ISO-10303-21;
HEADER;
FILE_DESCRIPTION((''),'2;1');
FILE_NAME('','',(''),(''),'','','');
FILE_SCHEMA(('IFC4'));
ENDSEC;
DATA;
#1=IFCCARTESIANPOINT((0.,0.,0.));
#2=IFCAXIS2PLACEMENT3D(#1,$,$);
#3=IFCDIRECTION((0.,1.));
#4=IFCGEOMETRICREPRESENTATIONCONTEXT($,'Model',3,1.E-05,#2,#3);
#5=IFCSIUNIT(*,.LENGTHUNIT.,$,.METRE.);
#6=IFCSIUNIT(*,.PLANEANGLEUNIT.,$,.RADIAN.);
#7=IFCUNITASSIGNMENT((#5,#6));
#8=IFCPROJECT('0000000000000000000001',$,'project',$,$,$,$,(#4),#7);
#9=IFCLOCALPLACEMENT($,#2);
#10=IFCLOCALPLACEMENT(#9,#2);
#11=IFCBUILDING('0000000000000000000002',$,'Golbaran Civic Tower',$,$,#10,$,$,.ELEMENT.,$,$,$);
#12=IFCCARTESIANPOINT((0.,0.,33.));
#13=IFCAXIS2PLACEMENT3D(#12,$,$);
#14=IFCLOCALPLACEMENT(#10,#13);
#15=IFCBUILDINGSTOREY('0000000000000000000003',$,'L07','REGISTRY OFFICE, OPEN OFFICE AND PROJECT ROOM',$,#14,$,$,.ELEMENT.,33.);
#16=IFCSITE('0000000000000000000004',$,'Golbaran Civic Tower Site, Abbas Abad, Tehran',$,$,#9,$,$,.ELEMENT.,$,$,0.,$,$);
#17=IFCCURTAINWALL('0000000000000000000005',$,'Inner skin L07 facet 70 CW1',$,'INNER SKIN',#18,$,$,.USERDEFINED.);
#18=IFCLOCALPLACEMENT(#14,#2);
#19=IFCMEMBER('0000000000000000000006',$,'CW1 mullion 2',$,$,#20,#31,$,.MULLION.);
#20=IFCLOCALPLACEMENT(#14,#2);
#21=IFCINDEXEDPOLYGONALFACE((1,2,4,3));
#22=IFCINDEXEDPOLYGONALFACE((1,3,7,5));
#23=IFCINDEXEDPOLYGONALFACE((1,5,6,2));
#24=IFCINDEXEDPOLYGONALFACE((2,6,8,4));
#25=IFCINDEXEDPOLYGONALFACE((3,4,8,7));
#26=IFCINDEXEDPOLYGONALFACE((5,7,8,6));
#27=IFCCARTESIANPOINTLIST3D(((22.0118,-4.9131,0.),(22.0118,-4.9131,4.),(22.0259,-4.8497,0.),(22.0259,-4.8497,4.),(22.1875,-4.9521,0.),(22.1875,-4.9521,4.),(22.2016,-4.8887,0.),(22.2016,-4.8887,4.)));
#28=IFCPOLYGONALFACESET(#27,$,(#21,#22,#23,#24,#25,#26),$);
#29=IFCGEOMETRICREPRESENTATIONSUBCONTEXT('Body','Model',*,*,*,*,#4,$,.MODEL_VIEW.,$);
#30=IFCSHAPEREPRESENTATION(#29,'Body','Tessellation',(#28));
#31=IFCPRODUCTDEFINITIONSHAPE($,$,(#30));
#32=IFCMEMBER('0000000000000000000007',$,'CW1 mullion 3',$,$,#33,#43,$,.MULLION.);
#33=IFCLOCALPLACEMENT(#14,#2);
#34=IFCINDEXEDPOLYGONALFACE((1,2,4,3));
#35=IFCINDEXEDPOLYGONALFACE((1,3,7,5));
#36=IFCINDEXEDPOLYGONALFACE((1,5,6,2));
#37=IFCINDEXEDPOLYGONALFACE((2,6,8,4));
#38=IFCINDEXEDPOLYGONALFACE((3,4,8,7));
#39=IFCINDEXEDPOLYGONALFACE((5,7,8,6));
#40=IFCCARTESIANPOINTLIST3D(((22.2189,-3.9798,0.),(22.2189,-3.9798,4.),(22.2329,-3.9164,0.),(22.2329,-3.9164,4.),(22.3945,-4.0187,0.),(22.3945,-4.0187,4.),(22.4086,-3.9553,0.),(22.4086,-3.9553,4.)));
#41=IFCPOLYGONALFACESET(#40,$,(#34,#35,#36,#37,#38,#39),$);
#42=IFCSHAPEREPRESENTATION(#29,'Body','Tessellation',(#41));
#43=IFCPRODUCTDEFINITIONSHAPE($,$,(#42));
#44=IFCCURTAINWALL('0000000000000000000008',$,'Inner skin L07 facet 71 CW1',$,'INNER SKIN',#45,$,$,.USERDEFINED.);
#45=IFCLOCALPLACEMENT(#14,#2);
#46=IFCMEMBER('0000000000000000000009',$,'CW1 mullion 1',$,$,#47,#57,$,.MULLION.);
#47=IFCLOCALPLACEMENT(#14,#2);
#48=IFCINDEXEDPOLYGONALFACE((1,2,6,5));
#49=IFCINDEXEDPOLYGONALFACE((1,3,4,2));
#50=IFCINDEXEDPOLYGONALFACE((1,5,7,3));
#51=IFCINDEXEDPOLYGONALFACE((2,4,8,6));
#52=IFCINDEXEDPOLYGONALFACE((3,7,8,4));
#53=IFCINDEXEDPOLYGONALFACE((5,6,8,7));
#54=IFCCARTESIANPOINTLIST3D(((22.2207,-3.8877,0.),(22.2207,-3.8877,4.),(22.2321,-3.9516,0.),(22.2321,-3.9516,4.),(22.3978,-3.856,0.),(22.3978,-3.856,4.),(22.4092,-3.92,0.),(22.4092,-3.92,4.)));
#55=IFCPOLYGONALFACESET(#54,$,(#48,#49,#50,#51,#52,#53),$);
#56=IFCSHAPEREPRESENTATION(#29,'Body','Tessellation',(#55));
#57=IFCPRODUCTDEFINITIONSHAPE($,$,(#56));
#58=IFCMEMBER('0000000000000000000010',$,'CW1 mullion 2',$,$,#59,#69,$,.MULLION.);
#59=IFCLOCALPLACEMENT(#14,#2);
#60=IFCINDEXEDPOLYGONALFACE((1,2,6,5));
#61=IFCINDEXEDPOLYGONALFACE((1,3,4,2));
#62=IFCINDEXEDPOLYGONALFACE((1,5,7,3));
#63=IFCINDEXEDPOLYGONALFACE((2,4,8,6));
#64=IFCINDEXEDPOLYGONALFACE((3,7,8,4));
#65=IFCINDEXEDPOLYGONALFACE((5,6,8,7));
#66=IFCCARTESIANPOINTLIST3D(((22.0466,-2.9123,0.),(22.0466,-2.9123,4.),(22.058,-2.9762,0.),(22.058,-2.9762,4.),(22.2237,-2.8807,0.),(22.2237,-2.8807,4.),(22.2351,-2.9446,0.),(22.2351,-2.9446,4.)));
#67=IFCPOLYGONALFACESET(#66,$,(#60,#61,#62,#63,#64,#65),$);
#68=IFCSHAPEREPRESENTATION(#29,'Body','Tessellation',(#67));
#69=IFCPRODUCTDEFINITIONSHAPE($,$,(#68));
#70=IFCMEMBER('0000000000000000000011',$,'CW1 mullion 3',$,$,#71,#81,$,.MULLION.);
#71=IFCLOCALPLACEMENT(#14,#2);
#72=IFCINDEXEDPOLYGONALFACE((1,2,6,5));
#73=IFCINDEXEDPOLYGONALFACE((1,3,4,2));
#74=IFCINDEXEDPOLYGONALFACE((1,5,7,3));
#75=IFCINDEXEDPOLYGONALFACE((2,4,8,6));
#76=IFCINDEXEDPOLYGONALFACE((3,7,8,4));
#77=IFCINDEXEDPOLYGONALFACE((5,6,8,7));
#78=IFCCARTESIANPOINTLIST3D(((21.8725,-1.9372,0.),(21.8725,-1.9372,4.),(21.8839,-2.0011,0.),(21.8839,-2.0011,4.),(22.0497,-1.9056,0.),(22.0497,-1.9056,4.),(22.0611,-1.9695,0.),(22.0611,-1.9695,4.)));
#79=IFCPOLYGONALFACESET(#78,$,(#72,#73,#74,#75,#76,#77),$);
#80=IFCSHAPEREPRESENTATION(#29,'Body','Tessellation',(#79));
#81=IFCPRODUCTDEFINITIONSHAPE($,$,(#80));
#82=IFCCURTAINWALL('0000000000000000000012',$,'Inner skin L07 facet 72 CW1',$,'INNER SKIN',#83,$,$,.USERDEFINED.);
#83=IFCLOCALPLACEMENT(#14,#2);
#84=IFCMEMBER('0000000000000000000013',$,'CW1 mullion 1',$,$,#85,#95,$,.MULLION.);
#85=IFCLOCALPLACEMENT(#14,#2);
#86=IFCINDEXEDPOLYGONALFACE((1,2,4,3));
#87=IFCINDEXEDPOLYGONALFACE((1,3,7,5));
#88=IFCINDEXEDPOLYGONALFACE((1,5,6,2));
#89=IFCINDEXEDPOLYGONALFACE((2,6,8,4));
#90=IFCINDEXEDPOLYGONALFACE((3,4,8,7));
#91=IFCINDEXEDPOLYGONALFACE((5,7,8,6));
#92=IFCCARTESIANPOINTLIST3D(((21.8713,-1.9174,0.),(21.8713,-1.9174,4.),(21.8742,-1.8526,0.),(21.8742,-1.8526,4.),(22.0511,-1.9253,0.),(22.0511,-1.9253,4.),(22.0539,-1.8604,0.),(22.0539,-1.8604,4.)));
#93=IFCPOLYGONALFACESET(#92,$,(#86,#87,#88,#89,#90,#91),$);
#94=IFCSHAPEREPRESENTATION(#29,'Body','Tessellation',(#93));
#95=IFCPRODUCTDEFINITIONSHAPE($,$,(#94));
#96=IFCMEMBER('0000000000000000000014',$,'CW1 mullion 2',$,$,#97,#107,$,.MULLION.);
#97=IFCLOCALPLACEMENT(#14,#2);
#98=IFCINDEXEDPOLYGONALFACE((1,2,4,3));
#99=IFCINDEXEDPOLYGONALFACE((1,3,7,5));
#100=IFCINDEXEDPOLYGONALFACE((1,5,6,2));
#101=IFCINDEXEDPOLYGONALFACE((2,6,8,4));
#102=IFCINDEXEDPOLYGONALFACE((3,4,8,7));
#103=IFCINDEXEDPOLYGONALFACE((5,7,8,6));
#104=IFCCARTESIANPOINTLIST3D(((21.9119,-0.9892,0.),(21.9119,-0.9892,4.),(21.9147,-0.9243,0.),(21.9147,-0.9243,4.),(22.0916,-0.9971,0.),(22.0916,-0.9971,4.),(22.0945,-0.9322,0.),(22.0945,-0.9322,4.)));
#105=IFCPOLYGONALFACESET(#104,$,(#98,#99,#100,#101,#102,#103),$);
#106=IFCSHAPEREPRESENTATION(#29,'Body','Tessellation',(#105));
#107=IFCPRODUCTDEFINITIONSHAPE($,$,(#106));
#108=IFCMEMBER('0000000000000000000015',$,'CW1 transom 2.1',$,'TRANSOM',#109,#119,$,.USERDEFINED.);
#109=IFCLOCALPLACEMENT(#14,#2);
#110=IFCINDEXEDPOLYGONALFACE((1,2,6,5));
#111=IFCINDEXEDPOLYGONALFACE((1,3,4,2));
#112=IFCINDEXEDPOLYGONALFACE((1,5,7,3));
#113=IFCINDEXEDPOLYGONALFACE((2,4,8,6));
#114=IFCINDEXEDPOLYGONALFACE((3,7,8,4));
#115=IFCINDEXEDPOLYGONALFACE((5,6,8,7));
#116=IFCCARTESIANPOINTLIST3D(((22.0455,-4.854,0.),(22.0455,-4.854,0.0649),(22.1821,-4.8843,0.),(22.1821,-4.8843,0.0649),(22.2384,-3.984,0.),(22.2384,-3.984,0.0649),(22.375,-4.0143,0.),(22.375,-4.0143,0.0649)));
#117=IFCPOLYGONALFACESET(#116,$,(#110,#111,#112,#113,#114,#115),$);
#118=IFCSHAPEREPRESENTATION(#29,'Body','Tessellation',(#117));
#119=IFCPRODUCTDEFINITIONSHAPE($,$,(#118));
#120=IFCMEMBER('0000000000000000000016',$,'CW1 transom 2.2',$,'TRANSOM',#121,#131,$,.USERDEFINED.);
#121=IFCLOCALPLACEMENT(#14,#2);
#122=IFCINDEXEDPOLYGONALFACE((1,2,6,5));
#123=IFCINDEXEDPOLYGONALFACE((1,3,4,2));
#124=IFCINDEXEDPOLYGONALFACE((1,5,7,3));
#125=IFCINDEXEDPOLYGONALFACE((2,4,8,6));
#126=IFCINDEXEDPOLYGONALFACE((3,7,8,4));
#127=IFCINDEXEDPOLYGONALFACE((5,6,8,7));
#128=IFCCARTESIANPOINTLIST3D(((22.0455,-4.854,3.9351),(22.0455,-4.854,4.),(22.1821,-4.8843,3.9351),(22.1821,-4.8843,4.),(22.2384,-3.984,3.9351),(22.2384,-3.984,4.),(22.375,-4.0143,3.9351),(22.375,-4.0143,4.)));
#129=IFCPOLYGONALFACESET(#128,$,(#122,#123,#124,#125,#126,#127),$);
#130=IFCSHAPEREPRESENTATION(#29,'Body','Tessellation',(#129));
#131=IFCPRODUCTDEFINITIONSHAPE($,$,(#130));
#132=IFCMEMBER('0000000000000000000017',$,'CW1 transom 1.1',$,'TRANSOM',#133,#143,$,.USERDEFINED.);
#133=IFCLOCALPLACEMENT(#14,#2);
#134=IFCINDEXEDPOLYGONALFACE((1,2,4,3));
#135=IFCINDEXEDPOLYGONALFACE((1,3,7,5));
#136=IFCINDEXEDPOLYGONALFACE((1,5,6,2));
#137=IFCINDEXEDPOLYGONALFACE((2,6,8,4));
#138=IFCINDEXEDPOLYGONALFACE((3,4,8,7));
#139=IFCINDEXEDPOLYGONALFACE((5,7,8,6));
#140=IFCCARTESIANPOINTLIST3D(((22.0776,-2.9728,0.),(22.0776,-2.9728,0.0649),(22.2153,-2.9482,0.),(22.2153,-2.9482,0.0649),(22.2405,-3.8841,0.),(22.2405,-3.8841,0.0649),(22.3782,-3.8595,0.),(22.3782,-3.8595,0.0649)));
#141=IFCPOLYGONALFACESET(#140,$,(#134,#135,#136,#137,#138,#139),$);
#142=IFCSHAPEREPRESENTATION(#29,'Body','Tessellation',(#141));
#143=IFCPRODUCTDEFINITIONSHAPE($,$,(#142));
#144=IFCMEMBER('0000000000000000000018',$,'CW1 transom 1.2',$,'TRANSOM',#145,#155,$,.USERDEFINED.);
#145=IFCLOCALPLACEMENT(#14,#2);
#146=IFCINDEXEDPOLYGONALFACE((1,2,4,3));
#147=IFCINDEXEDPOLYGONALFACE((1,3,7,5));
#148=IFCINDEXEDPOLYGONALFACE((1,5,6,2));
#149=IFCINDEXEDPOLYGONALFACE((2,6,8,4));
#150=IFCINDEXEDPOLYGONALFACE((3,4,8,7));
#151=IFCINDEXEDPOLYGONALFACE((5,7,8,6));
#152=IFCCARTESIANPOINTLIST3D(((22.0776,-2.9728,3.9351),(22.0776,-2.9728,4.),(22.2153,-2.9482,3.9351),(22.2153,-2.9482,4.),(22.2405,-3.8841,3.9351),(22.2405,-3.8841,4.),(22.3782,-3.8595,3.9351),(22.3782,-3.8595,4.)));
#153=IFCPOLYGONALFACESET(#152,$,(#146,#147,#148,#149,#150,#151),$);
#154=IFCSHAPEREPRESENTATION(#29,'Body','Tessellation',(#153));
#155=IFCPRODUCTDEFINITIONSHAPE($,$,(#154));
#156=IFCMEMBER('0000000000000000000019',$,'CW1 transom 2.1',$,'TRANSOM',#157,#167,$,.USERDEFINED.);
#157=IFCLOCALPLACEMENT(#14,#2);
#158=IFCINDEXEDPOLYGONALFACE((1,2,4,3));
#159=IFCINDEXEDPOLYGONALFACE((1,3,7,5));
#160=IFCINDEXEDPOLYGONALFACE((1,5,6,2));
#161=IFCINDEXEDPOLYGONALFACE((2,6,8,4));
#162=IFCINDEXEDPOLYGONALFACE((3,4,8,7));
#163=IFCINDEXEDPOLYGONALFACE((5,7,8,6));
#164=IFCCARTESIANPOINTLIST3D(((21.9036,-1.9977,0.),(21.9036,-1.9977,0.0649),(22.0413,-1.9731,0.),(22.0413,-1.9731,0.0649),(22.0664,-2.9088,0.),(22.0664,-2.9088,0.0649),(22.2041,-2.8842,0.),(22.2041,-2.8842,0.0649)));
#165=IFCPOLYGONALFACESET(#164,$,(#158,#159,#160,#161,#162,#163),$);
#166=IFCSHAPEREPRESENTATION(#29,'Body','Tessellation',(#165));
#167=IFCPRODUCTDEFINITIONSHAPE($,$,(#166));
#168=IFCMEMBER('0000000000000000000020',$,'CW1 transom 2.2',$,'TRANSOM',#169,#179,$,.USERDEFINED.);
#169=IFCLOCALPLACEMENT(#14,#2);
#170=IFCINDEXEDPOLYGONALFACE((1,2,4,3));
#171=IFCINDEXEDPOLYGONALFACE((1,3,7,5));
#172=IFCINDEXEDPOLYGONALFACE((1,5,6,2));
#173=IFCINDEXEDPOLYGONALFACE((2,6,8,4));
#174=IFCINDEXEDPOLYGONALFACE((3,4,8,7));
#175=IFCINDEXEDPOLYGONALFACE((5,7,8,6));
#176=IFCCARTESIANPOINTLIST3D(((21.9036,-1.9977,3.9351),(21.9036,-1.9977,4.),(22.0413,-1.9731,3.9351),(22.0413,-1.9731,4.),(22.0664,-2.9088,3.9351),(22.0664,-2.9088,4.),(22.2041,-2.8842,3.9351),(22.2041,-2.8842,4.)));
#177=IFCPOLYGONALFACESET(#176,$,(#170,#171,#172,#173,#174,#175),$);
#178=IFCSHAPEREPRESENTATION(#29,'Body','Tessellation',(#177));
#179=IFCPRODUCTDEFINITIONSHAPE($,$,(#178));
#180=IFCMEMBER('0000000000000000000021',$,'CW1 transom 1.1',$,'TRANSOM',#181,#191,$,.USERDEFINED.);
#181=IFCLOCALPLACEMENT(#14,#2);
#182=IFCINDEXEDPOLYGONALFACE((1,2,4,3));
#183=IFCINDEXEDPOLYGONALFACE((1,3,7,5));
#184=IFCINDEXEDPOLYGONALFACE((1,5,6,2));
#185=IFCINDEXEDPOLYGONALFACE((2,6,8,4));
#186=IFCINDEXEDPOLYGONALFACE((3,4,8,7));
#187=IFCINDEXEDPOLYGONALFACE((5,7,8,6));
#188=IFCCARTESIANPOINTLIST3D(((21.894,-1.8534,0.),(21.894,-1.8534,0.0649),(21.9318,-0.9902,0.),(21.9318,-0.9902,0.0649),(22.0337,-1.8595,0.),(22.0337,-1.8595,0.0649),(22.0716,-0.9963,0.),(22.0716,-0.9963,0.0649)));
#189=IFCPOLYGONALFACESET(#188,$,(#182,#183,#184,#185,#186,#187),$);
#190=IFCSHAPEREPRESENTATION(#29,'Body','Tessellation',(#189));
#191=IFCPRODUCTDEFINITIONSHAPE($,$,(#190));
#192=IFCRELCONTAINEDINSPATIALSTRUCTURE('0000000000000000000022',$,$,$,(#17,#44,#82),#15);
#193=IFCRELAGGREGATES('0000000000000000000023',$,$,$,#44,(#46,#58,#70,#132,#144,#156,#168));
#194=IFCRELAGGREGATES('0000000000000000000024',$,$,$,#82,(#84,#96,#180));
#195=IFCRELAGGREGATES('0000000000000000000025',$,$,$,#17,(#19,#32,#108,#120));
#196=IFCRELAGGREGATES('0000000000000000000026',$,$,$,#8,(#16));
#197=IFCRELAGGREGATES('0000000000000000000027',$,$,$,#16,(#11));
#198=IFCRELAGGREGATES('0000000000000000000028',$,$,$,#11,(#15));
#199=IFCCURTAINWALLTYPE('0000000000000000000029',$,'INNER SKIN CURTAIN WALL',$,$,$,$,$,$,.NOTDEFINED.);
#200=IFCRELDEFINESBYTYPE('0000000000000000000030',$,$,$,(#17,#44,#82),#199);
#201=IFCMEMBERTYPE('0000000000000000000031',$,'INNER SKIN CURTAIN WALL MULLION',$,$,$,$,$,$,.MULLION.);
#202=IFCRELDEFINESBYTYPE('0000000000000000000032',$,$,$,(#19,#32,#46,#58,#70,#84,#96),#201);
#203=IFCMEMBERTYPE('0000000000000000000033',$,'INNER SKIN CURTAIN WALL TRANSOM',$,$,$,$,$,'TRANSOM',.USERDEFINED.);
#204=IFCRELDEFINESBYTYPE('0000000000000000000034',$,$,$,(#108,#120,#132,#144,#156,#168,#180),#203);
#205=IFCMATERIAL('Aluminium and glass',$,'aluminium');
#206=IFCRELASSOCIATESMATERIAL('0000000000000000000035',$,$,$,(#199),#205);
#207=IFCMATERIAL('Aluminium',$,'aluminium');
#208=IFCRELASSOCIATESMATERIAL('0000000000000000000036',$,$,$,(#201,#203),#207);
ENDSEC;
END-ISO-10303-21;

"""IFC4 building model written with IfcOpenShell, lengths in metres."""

from ifc_helpers import new_model, si_unit, direction, frame, origin, origin_2d, place, context, subcontext, project, spatial, rectangle, extrude, material, material_profile, profile_set, type_object, element, aggregate, save


model = new_model("IFC4")

# Units and contexts
model_context = context("Model", 3, precision=1e-05, world=origin(), true_north=direction((0.0, 1.0)))
body_context = subcontext(model_context, "Body", "Model", "MODEL_VIEW")
ifc_project = project(units=[si_unit("LENGTHUNIT", "METRE"), si_unit("PLANEANGLEUNIT", "RADIAN")], contexts=[model_context])

# Site, building, storey
site_placement = place(None, origin())
site = spatial("IfcSite", under=ifc_project, at=site_placement, Name="Golbaran Civic Tower Site, Abbas Abad, Tehran", CompositionType="ELEMENT", RefElevation=0.0)
building_placement = place(site_placement, origin())
building = spatial("IfcBuilding", under=site, at=building_placement, Name="Golbaran Civic Tower", CompositionType="ELEMENT")
storey_placement = place(building_placement, frame((0.0, 0.0, 33.0)))
storey = spatial("IfcBuildingStorey", under=building, at=storey_placement, Name="L07", Description="REGISTRY OFFICE, OPEN OFFICE AND PROJECT ROOM", CompositionType="ELEMENT", Elevation=33.0)

# Curtain walls, members
ifc_material_1 = material(Name="Aluminium and glass", Category="aluminium")
curtain_wall_type = type_object("IfcCurtainWallType", Name="INNER SKIN CURTAIN WALL", PredefinedType="NOTDEFINED", material=ifc_material_1)
curtain_wall_1_placement = place(storey_placement, origin())
curtain_wall_1 = element("IfcCurtainWall", 1, at=curtain_wall_1_placement, inside=storey, type_object=curtain_wall_type, Name="Inner skin L07 facet 70 CW1", ObjectType="INNER SKIN", PredefinedType="USERDEFINED")
ifc_material_2 = material(Name="Aluminium", Category="aluminium")
ifc_material_profile_1 = material_profile(ifc_material_2, rectangle(XDim=0.1799, YDim=0.0649, at=origin_2d()), Name="INNER SKIN CURTAIN WALL MULLION")
ifc_profile_set_1 = profile_set([ifc_material_profile_1], Name="Aluminium")
member_type_1 = type_object("IfcMemberType", Name="INNER SKIN CURTAIN WALL MULLION", PredefinedType="MULLION", material=ifc_profile_set_1)
member_1_placement = place(storey_placement, frame((22.1067, -4.9009, 0.0), z_axis=(0.0, 0.0, 1.0), x_axis=(-0.976296, 0.21644, 0.0)))
member_1 = element("IfcMember", 2, at=member_1_placement, type_object=member_type_1, Name="CW1 mullion 2", PredefinedType="MULLION", context=body_context, shape_type="SweptSolid", body=[
    extrude(rectangle(XDim=0.1799, YDim=0.0649, at=origin_2d()), origin(), (0.0, 0.0, 1.0), 4.0),
])
member_2_placement = place(storey_placement, frame((22.3137, -3.9675, 0.0), z_axis=(0.0, 0.0, 1.0), x_axis=(-0.976296, 0.21644, 0.0)))
member_2 = element("IfcMember", 3, at=member_2_placement, type_object=member_type_1, Name="CW1 mullion 3", PredefinedType="MULLION", context=body_context, shape_type="SweptSolid", body=[
    extrude(rectangle(XDim=0.1799, YDim=0.0649, at=origin_2d()), origin(), (0.0, 0.0, 1.0), 4.0),
])
curtain_wall_2_placement = place(storey_placement, origin())
curtain_wall_2 = element("IfcCurtainWall", 4, at=curtain_wall_2_placement, inside=storey, type_object=curtain_wall_type, Name="Inner skin L07 facet 71 CW1", ObjectType="INNER SKIN", PredefinedType="USERDEFINED")
member_3_placement = place(storey_placement, frame((22.3149, -3.9038, 0.0), z_axis=(0.0, 0.0, 1.0), x_axis=(-0.984441, -0.175717, 0.0)))
member_3 = element("IfcMember", 5, at=member_3_placement, type_object=member_type_1, Name="CW1 mullion 1", PredefinedType="MULLION", context=body_context, shape_type="SweptSolid", body=[
    extrude(rectangle(XDim=0.1799, YDim=0.0649, at=origin_2d()), origin(), (0.0, 0.0, 1.0), 4.0),
])
member_4_placement = place(storey_placement, frame((22.1409, -2.9285, 0.0), z_axis=(0.0, 0.0, 1.0), x_axis=(-0.984441, -0.175717, 0.0)))
member_4 = element("IfcMember", 6, at=member_4_placement, type_object=member_type_1, Name="CW1 mullion 2", PredefinedType="MULLION", context=body_context, shape_type="SweptSolid", body=[
    extrude(rectangle(XDim=0.1799, YDim=0.0649, at=origin_2d()), origin(), (0.0, 0.0, 1.0), 4.0),
])
member_5_placement = place(storey_placement, frame((21.9668, -1.9534, 0.0), z_axis=(0.0, 0.0, 1.0), x_axis=(-0.984441, -0.175717, 0.0)))
member_5 = element("IfcMember", 7, at=member_5_placement, type_object=member_type_1, Name="CW1 mullion 3", PredefinedType="MULLION", context=body_context, shape_type="SweptSolid", body=[
    extrude(rectangle(XDim=0.1799, YDim=0.0649, at=origin_2d()), origin(), (0.0, 0.0, 1.0), 4.0),
])
curtain_wall_3_placement = place(storey_placement, origin())
curtain_wall_3 = element("IfcCurtainWall", 8, at=curtain_wall_3_placement, inside=storey, type_object=curtain_wall_type, Name="Inner skin L07 facet 72 CW1", ObjectType="INNER SKIN", PredefinedType="USERDEFINED")
member_6_placement = place(storey_placement, frame((21.9626, -1.8889, 0.0), z_axis=(0.0, 0.0, 1.0), x_axis=(-0.999048, 0.043619, 0.0)))
member_6 = element("IfcMember", 9, at=member_6_placement, type_object=member_type_1, Name="CW1 mullion 1", PredefinedType="MULLION", context=body_context, shape_type="SweptSolid", body=[
    extrude(rectangle(XDim=0.1799, YDim=0.0649, at=origin_2d()), origin(), (0.0, 0.0, 1.0), 4.0),
])
member_7_placement = place(storey_placement, frame((22.0032, -0.9607, 0.0), z_axis=(0.0, 0.0, 1.0), x_axis=(-0.999048, 0.043619, 0.0)))
member_7 = element("IfcMember", 10, at=member_7_placement, type_object=member_type_1, Name="CW1 mullion 2", PredefinedType="MULLION", context=body_context, shape_type="SweptSolid", body=[
    extrude(rectangle(XDim=0.1799, YDim=0.0649, at=origin_2d()), origin(), (0.0, 0.0, 1.0), 4.0),
])

# Members
ifc_material_profile_2 = material_profile(ifc_material_2, rectangle(XDim=0.1399, YDim=0.0649, at=origin_2d()), Name="INNER SKIN CURTAIN WALL TRANSOM")
ifc_profile_set_2 = profile_set([ifc_material_profile_2], Name="Aluminium")
member_type_2 = type_object("IfcMemberType", Name="INNER SKIN CURTAIN WALL TRANSOM", ElementType="TRANSOM", PredefinedType="USERDEFINED", material=ifc_profile_set_2)
member_8_placement = place(storey_placement, frame((22.1138, -4.8691, 0.0325), z_axis=(0.216466, 0.97629, 0.0), x_axis=(-0.97629, 0.216466, 0.0)))
member_8 = element("IfcMember", 11, at=member_8_placement, type_object=member_type_2, Name="CW1 transom 2.1", ObjectType="TRANSOM", PredefinedType="USERDEFINED", context=body_context, shape_type="SweptSolid", body=[
    extrude(rectangle(XDim=0.1399, YDim=0.0649, at=origin_2d()), origin(), (0.0, 0.0, 1.0), 0.8911),
])
member_9_placement = place(storey_placement, frame((22.1138, -4.8691, 3.9675), z_axis=(0.216466, 0.97629, 0.0), x_axis=(-0.97629, 0.216466, 0.0)))
member_9 = element("IfcMember", 12, at=member_9_placement, type_object=member_type_2, Name="CW1 transom 2.2", ObjectType="TRANSOM", PredefinedType="USERDEFINED", context=body_context, shape_type="SweptSolid", body=[
    extrude(rectangle(XDim=0.1399, YDim=0.0649, at=origin_2d()), origin(), (0.0, 0.0, 1.0), 0.8911),
])
member_10_placement = place(storey_placement, frame((22.3093, -3.8718, 0.0325), z_axis=(-0.175891, 0.98441, 0.0), x_axis=(-0.98441, -0.175891, 0.0)))
member_10 = element("IfcMember", 13, at=member_10_placement, type_object=member_type_2, Name="CW1 transom 1.1", ObjectType="TRANSOM", PredefinedType="USERDEFINED", context=body_context, shape_type="SweptSolid", body=[
    extrude(rectangle(XDim=0.1399, YDim=0.0649, at=origin_2d()), origin(), (0.0, 0.0, 1.0), 0.9258),
])
member_11_placement = place(storey_placement, frame((22.3093, -3.8718, 3.9675), z_axis=(-0.175891, 0.98441, 0.0), x_axis=(-0.98441, -0.175891, 0.0)))
member_11 = element("IfcMember", 14, at=member_11_placement, type_object=member_type_2, Name="CW1 transom 1.2", ObjectType="TRANSOM", PredefinedType="USERDEFINED", context=body_context, shape_type="SweptSolid", body=[
    extrude(rectangle(XDim=0.1399, YDim=0.0649, at=origin_2d()), origin(), (0.0, 0.0, 1.0), 0.9258),
])
member_12_placement = place(storey_placement, frame((22.1353, -2.8965, 0.0325), z_axis=(-0.175937, 0.984401, 0.0), x_axis=(-0.984401, -0.175937, 0.0)))
member_12 = element("IfcMember", 15, at=member_12_placement, type_object=member_type_2, Name="CW1 transom 2.1", ObjectType="TRANSOM", PredefinedType="USERDEFINED", context=body_context, shape_type="SweptSolid", body=[
    extrude(rectangle(XDim=0.1399, YDim=0.0649, at=origin_2d()), origin(), (0.0, 0.0, 1.0), 0.9255),
])
member_13_placement = place(storey_placement, frame((22.1353, -2.8965, 3.9675), z_axis=(-0.175937, 0.984401, 0.0), x_axis=(-0.984401, -0.175937, 0.0)))
member_13 = element("IfcMember", 16, at=member_13_placement, type_object=member_type_2, Name="CW1 transom 2.2", ObjectType="TRANSOM", PredefinedType="USERDEFINED", context=body_context, shape_type="SweptSolid", body=[
    extrude(rectangle(XDim=0.1399, YDim=0.0649, at=origin_2d()), origin(), (0.0, 0.0, 1.0), 0.9255),
])
member_14_placement = place(storey_placement, frame((21.9639, -1.8564, 0.0325), z_axis=(0.043793, 0.999041, 0.0), x_axis=(-0.999041, 0.043793, 0.0)))
member_14 = element("IfcMember", 17, at=member_14_placement, type_object=member_type_2, Name="CW1 transom 1.1", ObjectType="TRANSOM", PredefinedType="USERDEFINED", context=body_context, shape_type="SweptSolid", body=[
    extrude(rectangle(XDim=0.1399, YDim=0.0649, at=origin_2d()), origin(), (0.0, 0.0, 1.0), 0.864),
])

aggregate(curtain_wall_2, [member_3, member_4, member_5, member_10, member_11, member_12, member_13])
aggregate(curtain_wall_3, [member_6, member_7, member_14])
aggregate(curtain_wall_1, [member_1, member_2, member_8, member_9])

save(model, "model.ifc")
